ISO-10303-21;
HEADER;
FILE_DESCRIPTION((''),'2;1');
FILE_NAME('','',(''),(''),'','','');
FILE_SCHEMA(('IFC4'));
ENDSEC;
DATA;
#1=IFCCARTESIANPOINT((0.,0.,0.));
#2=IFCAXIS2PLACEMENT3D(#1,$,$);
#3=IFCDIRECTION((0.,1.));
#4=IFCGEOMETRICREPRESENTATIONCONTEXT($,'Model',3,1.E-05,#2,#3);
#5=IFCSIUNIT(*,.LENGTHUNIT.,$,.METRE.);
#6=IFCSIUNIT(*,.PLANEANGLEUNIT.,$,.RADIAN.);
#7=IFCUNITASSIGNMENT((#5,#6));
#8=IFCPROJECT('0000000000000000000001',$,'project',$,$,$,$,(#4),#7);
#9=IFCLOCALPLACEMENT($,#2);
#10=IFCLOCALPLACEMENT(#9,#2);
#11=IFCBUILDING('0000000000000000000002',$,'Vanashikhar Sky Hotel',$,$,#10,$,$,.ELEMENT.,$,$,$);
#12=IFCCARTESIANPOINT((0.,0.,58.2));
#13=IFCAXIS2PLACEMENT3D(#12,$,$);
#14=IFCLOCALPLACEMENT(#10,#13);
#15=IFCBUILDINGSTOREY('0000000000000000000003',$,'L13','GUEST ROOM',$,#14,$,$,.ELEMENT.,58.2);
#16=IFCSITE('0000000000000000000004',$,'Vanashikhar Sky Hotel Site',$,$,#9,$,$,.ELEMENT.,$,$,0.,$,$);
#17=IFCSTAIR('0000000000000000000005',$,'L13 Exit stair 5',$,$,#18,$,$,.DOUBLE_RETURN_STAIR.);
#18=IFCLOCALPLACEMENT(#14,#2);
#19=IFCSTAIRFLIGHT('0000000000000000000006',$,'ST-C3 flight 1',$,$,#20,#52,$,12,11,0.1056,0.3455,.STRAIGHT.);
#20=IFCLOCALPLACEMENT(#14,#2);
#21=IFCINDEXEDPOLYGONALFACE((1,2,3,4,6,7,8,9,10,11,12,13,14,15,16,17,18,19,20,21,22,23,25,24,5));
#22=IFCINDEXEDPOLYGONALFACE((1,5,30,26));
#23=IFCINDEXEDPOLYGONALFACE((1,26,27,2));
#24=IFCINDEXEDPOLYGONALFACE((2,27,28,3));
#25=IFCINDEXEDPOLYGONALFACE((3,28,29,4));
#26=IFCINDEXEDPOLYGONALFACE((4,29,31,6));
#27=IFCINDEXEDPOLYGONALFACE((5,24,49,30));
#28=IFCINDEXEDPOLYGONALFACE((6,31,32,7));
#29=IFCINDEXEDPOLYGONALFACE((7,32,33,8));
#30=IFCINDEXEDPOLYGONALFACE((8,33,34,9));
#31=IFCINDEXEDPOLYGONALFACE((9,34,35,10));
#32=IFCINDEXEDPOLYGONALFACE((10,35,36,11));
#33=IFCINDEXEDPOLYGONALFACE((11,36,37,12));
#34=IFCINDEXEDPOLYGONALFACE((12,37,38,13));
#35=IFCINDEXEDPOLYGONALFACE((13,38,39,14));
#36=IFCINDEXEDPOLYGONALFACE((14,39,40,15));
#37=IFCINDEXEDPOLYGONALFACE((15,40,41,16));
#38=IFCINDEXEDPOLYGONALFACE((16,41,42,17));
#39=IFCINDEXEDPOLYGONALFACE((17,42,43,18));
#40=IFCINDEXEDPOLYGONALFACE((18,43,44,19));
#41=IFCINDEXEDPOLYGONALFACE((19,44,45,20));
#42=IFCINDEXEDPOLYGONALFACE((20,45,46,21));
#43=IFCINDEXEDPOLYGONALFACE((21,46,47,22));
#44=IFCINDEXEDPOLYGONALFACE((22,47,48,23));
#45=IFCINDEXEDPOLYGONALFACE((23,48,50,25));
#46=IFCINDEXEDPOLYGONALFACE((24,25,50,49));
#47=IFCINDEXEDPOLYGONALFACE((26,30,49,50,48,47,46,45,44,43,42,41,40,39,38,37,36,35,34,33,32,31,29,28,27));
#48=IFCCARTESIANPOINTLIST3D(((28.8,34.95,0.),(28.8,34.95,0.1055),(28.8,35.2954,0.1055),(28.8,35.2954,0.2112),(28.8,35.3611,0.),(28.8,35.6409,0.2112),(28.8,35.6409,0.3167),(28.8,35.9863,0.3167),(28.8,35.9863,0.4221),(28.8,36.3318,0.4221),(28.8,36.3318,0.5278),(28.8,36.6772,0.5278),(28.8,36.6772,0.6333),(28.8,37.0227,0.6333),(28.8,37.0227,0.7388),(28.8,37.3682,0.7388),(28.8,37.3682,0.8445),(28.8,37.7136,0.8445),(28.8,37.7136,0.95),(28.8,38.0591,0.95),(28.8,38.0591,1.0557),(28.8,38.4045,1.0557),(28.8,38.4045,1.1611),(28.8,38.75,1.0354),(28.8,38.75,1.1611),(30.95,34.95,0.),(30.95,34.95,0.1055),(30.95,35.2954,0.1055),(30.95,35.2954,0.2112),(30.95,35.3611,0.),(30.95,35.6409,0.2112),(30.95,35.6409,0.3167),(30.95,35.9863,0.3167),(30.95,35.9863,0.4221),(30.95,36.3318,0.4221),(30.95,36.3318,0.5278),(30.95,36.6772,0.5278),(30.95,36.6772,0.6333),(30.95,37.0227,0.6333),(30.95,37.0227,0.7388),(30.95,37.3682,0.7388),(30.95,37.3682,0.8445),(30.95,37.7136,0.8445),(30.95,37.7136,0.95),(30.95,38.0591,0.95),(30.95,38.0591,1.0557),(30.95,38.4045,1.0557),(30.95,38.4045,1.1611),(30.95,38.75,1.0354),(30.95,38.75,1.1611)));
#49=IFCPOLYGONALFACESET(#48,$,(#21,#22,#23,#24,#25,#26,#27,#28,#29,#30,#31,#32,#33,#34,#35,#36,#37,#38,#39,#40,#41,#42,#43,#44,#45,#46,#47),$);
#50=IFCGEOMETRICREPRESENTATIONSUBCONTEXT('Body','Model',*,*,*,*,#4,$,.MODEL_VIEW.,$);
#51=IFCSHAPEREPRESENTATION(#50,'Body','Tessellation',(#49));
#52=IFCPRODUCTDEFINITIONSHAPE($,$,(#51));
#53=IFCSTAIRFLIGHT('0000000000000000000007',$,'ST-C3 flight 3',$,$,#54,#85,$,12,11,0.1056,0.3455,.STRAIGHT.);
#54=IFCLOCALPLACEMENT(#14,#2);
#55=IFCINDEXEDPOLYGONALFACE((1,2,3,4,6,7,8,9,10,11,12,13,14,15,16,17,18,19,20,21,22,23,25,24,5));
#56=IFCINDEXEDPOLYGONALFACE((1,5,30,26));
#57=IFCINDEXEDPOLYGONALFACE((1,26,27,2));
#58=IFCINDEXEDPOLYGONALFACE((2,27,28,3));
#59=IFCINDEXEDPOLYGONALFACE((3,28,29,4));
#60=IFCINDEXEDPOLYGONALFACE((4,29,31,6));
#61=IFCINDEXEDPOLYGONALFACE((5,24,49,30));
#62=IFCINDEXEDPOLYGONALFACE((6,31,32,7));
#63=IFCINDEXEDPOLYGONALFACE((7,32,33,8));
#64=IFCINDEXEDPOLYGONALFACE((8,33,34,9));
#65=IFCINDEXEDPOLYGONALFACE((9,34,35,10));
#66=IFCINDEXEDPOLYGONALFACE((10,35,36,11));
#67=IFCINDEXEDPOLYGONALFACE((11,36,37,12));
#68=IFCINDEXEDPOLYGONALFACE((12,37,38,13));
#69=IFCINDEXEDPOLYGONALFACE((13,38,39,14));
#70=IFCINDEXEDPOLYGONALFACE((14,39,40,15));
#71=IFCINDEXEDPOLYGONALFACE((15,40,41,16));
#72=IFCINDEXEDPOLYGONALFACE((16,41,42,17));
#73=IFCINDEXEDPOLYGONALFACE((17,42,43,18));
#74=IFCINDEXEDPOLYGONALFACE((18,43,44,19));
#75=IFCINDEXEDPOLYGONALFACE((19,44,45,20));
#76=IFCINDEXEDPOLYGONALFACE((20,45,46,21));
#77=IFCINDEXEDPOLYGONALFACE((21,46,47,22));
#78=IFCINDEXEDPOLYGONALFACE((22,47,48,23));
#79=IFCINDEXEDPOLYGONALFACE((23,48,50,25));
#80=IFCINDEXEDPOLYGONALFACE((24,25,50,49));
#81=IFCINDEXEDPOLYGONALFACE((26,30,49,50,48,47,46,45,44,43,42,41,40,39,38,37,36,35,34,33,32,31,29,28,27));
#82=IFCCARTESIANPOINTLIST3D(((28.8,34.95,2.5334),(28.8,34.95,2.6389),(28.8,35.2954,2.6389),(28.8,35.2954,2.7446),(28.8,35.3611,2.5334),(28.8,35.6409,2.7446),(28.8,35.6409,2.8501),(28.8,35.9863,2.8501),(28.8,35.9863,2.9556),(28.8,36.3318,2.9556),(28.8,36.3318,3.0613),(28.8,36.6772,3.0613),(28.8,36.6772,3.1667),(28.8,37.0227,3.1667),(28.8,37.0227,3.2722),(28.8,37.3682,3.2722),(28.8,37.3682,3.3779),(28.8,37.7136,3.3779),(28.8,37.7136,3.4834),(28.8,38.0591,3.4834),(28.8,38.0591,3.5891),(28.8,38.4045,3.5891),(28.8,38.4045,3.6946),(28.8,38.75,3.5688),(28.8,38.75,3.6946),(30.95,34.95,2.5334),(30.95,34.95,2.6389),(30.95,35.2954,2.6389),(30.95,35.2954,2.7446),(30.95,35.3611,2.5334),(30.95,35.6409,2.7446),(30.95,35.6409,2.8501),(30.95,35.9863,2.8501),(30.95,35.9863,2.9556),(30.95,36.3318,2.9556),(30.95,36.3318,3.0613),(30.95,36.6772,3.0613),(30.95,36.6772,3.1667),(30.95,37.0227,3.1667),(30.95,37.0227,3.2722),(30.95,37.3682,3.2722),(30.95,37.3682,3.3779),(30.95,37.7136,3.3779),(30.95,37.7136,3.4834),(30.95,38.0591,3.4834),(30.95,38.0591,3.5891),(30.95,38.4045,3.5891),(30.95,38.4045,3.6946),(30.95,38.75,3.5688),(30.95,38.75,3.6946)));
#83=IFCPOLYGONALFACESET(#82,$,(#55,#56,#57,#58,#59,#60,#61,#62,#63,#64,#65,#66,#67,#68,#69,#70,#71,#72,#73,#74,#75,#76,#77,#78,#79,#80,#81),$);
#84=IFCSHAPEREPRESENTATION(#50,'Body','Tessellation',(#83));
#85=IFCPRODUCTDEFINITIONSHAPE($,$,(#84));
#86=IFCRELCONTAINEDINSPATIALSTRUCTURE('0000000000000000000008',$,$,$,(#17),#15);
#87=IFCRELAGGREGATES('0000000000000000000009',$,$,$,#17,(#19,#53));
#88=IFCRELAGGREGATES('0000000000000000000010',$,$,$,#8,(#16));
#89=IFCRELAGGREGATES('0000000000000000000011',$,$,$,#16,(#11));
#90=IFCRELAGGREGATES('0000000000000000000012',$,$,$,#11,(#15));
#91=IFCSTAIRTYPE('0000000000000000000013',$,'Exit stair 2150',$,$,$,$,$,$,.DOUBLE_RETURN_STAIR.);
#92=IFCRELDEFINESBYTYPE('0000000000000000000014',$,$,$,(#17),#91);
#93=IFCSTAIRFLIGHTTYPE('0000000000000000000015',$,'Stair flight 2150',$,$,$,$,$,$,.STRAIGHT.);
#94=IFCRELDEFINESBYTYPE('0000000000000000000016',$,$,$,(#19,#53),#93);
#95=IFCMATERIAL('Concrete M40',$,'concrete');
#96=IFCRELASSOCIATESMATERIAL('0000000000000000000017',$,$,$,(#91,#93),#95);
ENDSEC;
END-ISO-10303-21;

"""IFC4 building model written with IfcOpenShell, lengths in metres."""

from ifc_helpers import new_model, si_unit, direction, frame, origin, place, context, subcontext, project, spatial, polyline, outline, extrude, source, transform, mapped, material, type_object, element, aggregate, save


model = new_model("IFC4")

# Units and contexts
model_context = context("Model", 3, precision=1e-05, world=origin(), true_north=direction((0.0, 1.0)))
body_context = subcontext(model_context, "Body", "Model", "MODEL_VIEW")
ifc_project = project(units=[si_unit("LENGTHUNIT", "METRE"), si_unit("PLANEANGLEUNIT", "RADIAN")], contexts=[model_context])

# Site, building, storey
site_placement = place(None, origin())
site = spatial("IfcSite", under=ifc_project, at=site_placement, Name="Vanashikhar Sky Hotel Site", CompositionType="ELEMENT", RefElevation=0.0)
building_placement = place(site_placement, origin())
building = spatial("IfcBuilding", under=site, at=building_placement, Name="Vanashikhar Sky Hotel", CompositionType="ELEMENT")
storey_placement = place(building_placement, frame((0.0, 0.0, 58.2)))
storey = spatial("IfcBuildingStorey", under=building, at=storey_placement, Name="L13", Description="GUEST ROOM", CompositionType="ELEMENT", Elevation=58.2)

# Shared definitions
ifc_material_1 = material(Name="Concrete M40", Category="concrete")

# Stair, stair flights
stair_type = type_object("IfcStairType", Name="Exit stair 2150", PredefinedType="DOUBLE_RETURN_STAIR", material=ifc_material_1)
stair_placement = place(storey_placement, origin())
stair = element("IfcStair", 1, at=stair_placement, inside=storey, type_object=stair_type, Name="L13 Exit stair 5", PredefinedType="DOUBLE_RETURN_STAIR")
stair_flight_type = type_object("IfcStairFlightType", Name="Stair flight 2150", PredefinedType="STRAIGHT", material=ifc_material_1)
shared_shape_1 = source(origin(), body_context, "Body", "SweptSolid", [
    extrude(outline(polyline([(0.0, 0.0), (0.0, 0.1055), (0.3455, 0.1055), (0.3455, 0.2112), (0.6909, 0.2112), (0.6909, 0.3167), (1.0364, 0.3167), (1.0364, 0.4221), (1.3818, 0.4221), (1.3818, 0.5278), (1.7273, 0.5278), (1.7273, 0.6333), (2.0728, 0.6333), (2.0728, 0.7388), (2.4182, 0.7388), (2.4182, 0.8445), (2.7637, 0.8445), (2.7637, 0.95), (3.1091, 0.95), (3.1091, 1.0557), (3.4546, 1.0557), (3.4546, 1.1611), (3.8, 1.1611), (3.8, 1.2666), (3.8, 1.0354), (0.4111, 0.0), (0.0, 0.0)])), frame((0.0, 1.075, 0.0), z_axis=(0.0, -1.0, 0.0), x_axis=(1.0, 0.0, 0.0)), (0.0, 0.0, 1.0), 2.1499),
])
stair_flight_1_placement = place(storey_placement, frame((29.875, 34.95, 0.0), z_axis=(0.0, 0.0, 1.0), x_axis=(0.0, 1.0, 0.0)))
stair_flight_1 = element("IfcStairFlight", 2, at=stair_flight_1_placement, type_object=stair_flight_type, Name="ST-C3 flight 1", NumberOfRisers=12, NumberOfTreads=11, PredefinedType="STRAIGHT", RiserHeight=0.1056, TreadLength=0.3455, context=body_context, shape_type="MappedRepresentation", body=[
    mapped(shared_shape_1, transform((0.0, 0.0, 0.0), scale=1.0)),
])
stair_flight_2_placement = place(storey_placement, frame((29.875, 34.95, 2.5334), z_axis=(0.0, 0.0, 1.0), x_axis=(0.0, 1.0, 0.0)))
stair_flight_2 = element("IfcStairFlight", 3, at=stair_flight_2_placement, type_object=stair_flight_type, Name="ST-C3 flight 3", NumberOfRisers=12, NumberOfTreads=11, PredefinedType="STRAIGHT", RiserHeight=0.1056, TreadLength=0.3455, context=body_context, shape_type="MappedRepresentation", body=[
    mapped(shared_shape_1, transform((0.0, 0.0, 0.0), scale=1.0)),
])
aggregate(stair, [stair_flight_1, stair_flight_2])

save(model, "model.ifc")
